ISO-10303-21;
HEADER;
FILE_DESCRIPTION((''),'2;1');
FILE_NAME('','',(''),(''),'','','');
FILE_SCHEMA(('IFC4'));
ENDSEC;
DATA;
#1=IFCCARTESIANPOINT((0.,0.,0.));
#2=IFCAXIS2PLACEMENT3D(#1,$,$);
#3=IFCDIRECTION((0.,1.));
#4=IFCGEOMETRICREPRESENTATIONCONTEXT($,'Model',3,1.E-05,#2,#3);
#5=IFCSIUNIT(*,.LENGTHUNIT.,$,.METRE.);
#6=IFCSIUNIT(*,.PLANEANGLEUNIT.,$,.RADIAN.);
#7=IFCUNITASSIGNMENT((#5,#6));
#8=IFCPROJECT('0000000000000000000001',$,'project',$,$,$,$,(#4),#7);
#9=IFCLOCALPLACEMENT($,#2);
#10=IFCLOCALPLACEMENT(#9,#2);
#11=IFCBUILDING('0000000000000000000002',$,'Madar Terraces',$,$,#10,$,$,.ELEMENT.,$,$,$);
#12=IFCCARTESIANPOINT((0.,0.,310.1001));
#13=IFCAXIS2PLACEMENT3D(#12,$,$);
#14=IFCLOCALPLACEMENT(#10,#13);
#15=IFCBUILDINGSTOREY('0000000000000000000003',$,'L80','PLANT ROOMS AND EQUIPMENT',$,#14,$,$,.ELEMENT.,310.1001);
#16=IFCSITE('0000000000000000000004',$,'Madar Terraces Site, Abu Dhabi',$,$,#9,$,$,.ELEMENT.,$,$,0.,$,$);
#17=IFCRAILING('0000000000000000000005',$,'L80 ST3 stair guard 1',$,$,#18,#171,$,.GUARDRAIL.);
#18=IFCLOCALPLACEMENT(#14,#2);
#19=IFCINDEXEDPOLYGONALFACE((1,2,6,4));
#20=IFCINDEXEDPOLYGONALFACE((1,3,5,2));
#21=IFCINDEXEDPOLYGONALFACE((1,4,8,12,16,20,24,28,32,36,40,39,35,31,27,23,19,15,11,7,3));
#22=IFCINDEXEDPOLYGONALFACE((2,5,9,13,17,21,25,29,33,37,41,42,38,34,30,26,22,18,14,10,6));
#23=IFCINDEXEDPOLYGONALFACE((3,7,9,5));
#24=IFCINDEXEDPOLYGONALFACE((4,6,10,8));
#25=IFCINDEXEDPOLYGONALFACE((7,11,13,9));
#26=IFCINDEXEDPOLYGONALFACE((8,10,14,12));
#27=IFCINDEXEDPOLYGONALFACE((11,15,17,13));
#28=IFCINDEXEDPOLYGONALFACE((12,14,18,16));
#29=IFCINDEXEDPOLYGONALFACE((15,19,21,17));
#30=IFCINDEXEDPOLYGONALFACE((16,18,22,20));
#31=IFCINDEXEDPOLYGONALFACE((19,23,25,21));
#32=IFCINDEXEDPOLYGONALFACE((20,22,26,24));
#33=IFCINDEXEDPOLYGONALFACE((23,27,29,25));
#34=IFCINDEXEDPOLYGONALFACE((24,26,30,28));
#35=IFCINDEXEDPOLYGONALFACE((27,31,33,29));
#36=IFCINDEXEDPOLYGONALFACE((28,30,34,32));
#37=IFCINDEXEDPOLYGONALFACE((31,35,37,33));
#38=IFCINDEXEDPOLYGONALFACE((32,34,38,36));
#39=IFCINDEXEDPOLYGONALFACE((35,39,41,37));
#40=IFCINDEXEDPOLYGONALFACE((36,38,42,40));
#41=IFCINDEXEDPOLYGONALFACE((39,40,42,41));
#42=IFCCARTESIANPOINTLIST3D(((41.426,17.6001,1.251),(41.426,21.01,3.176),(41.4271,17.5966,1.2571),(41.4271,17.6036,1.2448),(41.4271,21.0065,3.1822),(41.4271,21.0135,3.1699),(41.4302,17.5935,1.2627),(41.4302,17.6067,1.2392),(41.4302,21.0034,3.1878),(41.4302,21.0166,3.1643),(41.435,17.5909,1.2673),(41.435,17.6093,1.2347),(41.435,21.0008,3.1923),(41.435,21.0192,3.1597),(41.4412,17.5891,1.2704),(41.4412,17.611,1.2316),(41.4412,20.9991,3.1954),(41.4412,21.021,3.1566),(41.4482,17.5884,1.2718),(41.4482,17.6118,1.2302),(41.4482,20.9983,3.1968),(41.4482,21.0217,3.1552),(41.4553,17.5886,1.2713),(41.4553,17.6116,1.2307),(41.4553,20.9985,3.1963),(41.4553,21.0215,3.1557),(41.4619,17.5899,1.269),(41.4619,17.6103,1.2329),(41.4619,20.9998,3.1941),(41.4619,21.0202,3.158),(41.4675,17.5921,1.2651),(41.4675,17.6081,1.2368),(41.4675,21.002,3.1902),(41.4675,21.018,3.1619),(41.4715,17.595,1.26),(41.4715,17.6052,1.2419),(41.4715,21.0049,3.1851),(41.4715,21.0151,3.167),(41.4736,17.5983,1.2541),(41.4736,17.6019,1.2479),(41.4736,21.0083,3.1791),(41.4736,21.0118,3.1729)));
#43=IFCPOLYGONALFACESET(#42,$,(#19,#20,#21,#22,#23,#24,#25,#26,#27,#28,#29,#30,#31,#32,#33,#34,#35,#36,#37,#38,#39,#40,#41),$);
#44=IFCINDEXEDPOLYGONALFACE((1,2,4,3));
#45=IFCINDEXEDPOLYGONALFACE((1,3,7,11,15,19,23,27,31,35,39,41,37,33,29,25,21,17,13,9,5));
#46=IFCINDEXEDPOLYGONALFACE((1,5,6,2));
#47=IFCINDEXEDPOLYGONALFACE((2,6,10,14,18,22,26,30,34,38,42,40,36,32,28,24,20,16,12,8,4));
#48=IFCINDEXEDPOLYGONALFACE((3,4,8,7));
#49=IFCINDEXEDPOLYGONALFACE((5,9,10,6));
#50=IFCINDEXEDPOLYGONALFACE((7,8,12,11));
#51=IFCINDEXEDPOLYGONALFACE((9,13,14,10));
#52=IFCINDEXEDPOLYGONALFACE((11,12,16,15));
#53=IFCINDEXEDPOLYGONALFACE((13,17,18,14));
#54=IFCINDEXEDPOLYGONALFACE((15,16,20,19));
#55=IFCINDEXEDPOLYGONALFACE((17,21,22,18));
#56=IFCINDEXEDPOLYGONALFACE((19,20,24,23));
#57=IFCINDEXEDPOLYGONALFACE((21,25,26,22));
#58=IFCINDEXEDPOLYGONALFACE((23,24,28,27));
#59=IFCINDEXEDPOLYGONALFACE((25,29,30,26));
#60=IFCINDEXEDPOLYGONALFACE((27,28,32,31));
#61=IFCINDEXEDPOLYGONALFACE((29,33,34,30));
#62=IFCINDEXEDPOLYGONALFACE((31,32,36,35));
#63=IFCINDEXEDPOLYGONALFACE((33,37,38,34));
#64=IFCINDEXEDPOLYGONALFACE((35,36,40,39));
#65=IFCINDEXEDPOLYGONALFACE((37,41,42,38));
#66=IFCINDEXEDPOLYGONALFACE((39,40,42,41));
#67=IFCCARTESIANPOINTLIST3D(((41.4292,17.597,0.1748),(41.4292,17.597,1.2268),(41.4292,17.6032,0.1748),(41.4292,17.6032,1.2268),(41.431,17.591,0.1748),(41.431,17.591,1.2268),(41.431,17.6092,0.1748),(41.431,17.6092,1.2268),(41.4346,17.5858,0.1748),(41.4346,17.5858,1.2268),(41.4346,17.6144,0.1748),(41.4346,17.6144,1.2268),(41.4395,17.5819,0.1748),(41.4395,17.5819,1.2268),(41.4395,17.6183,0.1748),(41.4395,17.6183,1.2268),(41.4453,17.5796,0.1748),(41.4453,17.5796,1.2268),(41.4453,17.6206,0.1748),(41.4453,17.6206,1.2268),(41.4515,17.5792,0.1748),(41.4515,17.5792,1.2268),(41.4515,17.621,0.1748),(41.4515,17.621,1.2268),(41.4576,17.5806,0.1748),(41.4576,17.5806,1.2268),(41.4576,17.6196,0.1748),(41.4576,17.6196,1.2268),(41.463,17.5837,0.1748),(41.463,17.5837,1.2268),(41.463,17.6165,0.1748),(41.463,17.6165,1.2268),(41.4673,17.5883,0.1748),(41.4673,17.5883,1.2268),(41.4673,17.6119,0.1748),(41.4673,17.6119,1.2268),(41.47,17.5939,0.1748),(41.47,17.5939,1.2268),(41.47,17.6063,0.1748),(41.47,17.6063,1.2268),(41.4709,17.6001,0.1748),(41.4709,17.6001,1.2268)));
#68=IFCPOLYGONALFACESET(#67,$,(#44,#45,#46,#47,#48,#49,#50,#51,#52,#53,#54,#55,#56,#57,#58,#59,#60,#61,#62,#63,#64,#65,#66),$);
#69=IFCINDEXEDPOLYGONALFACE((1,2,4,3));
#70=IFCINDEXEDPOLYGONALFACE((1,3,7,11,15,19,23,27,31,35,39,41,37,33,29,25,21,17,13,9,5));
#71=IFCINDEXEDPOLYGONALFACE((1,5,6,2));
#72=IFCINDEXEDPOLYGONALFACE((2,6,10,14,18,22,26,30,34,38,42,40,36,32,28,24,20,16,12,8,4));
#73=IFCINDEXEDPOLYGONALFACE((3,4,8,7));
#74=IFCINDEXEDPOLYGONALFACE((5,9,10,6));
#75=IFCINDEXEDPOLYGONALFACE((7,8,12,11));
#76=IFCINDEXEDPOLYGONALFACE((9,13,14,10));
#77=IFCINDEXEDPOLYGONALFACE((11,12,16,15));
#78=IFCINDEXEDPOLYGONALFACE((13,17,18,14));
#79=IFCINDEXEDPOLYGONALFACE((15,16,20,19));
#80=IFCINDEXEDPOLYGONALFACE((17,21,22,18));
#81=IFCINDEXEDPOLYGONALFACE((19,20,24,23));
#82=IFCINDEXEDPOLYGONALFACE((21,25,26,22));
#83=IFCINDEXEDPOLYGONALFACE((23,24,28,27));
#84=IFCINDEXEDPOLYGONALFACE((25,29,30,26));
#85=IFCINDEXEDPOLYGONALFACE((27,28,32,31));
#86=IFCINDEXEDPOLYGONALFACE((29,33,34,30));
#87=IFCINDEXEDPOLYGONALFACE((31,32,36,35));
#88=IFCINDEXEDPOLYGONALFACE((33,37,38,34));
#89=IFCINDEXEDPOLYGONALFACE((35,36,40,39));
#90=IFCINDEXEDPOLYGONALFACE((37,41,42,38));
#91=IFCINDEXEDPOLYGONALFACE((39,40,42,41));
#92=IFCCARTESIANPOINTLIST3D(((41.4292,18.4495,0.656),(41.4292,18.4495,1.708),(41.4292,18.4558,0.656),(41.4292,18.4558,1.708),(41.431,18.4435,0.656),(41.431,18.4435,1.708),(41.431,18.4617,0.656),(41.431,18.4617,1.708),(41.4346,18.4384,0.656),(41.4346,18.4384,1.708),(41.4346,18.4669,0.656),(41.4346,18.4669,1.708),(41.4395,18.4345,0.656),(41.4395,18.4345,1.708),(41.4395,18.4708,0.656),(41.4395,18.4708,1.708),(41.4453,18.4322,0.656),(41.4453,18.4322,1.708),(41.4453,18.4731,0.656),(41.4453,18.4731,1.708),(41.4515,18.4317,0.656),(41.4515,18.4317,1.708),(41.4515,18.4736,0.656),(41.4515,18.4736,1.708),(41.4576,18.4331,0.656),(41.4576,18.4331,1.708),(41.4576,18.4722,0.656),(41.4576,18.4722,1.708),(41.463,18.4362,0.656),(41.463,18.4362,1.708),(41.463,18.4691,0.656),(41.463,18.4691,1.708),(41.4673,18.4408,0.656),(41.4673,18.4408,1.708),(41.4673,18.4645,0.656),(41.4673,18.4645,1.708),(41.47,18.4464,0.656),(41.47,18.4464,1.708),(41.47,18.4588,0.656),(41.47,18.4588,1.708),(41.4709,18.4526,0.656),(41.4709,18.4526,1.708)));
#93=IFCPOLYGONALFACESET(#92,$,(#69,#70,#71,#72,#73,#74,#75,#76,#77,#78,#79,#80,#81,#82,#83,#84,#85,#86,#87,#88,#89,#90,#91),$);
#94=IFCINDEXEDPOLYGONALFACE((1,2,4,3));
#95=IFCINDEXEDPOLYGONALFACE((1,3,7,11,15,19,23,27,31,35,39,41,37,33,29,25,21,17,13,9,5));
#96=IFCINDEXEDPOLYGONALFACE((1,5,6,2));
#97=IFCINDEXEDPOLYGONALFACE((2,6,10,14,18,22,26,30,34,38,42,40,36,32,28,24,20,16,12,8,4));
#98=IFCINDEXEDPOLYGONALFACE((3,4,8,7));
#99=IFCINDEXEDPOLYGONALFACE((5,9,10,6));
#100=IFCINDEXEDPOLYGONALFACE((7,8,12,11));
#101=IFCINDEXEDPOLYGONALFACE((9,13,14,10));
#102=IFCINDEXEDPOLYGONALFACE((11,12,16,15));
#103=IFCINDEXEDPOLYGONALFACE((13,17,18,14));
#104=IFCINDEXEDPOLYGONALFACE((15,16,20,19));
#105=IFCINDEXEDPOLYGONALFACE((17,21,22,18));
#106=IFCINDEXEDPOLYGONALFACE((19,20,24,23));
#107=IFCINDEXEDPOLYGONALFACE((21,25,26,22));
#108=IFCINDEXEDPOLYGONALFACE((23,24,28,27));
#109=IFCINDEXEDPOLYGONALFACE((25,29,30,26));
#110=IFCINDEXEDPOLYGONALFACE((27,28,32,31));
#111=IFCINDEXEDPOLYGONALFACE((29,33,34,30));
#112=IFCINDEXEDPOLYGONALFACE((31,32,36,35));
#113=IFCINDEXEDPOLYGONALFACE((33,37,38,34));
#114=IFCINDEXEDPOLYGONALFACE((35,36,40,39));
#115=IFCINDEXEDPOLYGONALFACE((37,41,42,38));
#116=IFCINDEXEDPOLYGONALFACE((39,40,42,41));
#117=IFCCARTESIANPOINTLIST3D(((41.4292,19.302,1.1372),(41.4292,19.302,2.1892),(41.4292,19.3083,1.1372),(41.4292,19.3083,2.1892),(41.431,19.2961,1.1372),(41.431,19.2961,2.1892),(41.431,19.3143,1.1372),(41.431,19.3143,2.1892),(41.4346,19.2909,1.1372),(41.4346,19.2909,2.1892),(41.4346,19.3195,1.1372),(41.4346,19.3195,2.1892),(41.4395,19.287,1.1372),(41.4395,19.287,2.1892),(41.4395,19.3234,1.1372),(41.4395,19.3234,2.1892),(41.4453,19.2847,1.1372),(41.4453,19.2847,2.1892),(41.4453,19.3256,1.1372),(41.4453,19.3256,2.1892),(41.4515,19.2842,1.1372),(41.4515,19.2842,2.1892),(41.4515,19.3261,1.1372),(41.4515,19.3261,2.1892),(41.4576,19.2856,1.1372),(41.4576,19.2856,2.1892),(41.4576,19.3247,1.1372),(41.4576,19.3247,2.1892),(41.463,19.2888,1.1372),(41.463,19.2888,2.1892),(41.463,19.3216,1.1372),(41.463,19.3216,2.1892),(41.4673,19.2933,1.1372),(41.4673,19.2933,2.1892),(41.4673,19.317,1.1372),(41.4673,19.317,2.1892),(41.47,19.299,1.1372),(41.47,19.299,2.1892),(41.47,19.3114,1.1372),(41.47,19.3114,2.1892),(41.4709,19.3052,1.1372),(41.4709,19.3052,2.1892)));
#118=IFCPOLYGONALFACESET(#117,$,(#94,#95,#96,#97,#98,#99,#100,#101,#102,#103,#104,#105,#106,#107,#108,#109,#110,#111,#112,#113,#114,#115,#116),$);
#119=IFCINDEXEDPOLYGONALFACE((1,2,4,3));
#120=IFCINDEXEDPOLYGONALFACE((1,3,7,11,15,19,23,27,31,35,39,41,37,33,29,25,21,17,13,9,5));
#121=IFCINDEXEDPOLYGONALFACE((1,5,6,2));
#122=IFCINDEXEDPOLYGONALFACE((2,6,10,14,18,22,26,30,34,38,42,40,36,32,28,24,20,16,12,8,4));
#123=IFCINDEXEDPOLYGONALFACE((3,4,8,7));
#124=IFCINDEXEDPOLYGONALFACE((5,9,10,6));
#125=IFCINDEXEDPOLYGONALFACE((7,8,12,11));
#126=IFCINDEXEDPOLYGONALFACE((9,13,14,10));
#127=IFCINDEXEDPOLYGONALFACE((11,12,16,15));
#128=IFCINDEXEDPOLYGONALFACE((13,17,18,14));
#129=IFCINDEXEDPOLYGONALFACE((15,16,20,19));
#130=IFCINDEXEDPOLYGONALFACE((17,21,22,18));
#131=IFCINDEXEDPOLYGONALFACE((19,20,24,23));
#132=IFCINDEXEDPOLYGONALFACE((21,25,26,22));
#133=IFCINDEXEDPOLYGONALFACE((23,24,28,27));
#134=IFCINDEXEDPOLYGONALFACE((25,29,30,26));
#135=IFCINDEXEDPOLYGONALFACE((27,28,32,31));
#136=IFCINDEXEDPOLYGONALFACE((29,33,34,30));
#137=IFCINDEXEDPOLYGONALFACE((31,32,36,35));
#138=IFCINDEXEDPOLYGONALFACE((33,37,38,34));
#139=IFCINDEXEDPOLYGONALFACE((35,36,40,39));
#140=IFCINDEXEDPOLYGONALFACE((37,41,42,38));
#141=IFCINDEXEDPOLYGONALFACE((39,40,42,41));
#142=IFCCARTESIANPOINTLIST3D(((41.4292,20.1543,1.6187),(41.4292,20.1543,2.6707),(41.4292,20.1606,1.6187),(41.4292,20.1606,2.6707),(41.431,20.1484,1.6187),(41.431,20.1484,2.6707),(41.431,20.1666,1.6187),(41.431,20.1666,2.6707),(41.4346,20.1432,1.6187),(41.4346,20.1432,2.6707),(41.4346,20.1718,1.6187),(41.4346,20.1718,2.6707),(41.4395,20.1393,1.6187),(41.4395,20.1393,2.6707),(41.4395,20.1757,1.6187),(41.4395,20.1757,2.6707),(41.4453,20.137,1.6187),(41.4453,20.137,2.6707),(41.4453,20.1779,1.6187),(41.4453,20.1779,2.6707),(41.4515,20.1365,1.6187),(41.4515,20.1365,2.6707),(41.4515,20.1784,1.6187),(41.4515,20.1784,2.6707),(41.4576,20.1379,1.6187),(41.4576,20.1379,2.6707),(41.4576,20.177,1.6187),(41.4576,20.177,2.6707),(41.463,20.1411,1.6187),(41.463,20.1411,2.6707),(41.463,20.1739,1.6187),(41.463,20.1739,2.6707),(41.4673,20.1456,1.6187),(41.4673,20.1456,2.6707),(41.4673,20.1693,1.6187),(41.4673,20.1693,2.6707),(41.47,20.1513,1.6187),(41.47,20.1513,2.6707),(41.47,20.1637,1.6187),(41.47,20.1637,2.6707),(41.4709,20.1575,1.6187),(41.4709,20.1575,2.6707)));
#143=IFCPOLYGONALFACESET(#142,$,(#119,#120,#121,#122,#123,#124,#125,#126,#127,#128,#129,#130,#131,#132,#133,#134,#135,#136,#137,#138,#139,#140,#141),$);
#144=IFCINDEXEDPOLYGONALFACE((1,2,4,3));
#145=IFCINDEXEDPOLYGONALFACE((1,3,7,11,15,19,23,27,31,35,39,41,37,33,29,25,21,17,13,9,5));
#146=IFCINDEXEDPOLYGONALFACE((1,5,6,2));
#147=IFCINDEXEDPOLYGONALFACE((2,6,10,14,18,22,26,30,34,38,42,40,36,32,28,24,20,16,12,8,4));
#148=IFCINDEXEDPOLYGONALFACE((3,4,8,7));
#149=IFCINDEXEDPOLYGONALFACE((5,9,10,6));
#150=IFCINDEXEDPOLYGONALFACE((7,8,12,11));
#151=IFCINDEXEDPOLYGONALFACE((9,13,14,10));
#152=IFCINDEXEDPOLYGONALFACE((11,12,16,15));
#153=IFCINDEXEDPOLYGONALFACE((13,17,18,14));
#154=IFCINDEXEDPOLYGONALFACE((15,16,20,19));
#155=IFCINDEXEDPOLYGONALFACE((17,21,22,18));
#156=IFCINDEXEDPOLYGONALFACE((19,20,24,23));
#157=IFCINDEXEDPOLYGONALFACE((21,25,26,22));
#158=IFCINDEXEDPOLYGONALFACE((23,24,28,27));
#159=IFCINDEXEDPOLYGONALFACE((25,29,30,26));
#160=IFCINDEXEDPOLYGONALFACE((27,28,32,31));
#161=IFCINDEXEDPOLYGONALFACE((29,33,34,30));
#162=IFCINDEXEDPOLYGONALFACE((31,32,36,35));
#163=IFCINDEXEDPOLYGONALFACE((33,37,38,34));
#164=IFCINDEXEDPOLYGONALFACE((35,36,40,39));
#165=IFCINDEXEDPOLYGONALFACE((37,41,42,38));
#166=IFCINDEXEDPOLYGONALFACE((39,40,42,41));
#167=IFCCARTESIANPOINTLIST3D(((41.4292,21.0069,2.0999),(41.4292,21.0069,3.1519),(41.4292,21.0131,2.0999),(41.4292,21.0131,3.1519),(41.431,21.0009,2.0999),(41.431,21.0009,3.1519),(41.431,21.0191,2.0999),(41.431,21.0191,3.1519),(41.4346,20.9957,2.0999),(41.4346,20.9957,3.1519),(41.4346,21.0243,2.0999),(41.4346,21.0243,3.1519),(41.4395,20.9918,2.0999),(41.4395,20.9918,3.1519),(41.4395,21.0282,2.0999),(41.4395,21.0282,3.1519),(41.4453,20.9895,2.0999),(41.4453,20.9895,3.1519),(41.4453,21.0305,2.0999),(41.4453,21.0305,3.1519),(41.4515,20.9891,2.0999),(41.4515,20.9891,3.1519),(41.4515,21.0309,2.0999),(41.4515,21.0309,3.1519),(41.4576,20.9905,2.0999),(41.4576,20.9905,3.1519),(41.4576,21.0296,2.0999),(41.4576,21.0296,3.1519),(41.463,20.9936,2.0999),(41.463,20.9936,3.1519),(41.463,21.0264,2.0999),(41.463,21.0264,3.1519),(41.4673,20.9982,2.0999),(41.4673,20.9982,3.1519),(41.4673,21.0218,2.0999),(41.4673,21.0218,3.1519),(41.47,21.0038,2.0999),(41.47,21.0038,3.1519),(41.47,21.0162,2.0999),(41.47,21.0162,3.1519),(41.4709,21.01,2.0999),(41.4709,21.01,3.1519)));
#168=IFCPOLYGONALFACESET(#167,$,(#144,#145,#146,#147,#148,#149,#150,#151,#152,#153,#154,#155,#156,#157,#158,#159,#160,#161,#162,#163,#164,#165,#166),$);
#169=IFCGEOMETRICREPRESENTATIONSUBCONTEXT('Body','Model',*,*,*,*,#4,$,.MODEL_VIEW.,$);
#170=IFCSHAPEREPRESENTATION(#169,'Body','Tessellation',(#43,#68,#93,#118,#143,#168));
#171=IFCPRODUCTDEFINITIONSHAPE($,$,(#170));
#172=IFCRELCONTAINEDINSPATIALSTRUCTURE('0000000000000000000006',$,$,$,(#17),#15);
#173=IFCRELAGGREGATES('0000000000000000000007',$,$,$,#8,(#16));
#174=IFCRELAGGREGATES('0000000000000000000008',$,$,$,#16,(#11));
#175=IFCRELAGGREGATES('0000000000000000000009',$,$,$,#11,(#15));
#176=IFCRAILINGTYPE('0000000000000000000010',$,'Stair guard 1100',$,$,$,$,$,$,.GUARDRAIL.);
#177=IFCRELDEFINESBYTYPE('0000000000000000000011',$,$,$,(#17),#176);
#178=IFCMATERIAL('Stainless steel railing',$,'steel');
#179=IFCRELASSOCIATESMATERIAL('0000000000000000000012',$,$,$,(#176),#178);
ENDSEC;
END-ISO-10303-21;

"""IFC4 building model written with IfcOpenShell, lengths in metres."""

from ifc_helpers import new_model, si_unit, direction, frame, origin, origin_2d, place, context, subcontext, project, spatial, circle, extrude, material, type_object, element, save


model = new_model("IFC4")

# Units and contexts
model_context = context("Model", 3, precision=1e-05, world=origin(), true_north=direction((0.0, 1.0)))
body_context = subcontext(model_context, "Body", "Model", "MODEL_VIEW")
ifc_project = project(units=[si_unit("LENGTHUNIT", "METRE"), si_unit("PLANEANGLEUNIT", "RADIAN")], contexts=[model_context])

# Site, building, storey
site_placement = place(None, origin())
site = spatial("IfcSite", under=ifc_project, at=site_placement, Name="Madar Terraces Site, Abu Dhabi", CompositionType="ELEMENT", RefElevation=0.0)
building_placement = place(site_placement, origin())
building = spatial("IfcBuilding", under=site, at=building_placement, Name="Madar Terraces", CompositionType="ELEMENT")
storey_placement = place(building_placement, frame((0.0, 0.0, 310.1001)))
storey = spatial("IfcBuildingStorey", under=building, at=storey_placement, Name="L80", Description="PLANT ROOMS AND EQUIPMENT", CompositionType="ELEMENT", Elevation=310.1001)

# Railing
ifc_material_1 = material(Name="Stainless steel railing", Category="steel")
railing_type_1 = type_object("IfcRailingType", Name="Stair guard 1100", PredefinedType="GUARDRAIL", material=ifc_material_1)
railing_1_placement = place(storey_placement, frame((41.45, 17.6001, 0.1748)))
element("IfcRailing", 1, at=railing_1_placement, inside=storey, type_object=railing_type_1, Name="L80 ST3 stair guard 1", PredefinedType="GUARDRAIL", context=body_context, shape_type="SweptSolid", body=[
    extrude(circle(Radius=0.0239, at=origin_2d()), frame((0.0, 0.0, 1.0762), z_axis=(0.0, 0.870814, 0.491613), x_axis=(-1.0, 0.0, 0.0)), (0.0, 0.0, 1.0), 3.9158),
    extrude(circle(Radius=0.021, at=origin_2d()), origin(), (0.0, 0.0, 1.0), 1.052),
    extrude(circle(Radius=0.021, at=origin_2d()), frame((0.0, 0.8525, 0.4812)), (0.0, 0.0, 1.0), 1.052),
    extrude(circle(Radius=0.021, at=origin_2d()), frame((0.0, 1.7051, 0.9624)), (0.0, 0.0, 1.0), 1.052),
    extrude(circle(Radius=0.021, at=origin_2d()), frame((0.0, 2.5574, 1.4438)), (0.0, 0.0, 1.0), 1.052),
    extrude(circle(Radius=0.021, at=origin_2d()), frame((0.0, 3.4099, 1.925)), (0.0, 0.0, 1.0), 1.052),
])

save(model, "model.ifc")
